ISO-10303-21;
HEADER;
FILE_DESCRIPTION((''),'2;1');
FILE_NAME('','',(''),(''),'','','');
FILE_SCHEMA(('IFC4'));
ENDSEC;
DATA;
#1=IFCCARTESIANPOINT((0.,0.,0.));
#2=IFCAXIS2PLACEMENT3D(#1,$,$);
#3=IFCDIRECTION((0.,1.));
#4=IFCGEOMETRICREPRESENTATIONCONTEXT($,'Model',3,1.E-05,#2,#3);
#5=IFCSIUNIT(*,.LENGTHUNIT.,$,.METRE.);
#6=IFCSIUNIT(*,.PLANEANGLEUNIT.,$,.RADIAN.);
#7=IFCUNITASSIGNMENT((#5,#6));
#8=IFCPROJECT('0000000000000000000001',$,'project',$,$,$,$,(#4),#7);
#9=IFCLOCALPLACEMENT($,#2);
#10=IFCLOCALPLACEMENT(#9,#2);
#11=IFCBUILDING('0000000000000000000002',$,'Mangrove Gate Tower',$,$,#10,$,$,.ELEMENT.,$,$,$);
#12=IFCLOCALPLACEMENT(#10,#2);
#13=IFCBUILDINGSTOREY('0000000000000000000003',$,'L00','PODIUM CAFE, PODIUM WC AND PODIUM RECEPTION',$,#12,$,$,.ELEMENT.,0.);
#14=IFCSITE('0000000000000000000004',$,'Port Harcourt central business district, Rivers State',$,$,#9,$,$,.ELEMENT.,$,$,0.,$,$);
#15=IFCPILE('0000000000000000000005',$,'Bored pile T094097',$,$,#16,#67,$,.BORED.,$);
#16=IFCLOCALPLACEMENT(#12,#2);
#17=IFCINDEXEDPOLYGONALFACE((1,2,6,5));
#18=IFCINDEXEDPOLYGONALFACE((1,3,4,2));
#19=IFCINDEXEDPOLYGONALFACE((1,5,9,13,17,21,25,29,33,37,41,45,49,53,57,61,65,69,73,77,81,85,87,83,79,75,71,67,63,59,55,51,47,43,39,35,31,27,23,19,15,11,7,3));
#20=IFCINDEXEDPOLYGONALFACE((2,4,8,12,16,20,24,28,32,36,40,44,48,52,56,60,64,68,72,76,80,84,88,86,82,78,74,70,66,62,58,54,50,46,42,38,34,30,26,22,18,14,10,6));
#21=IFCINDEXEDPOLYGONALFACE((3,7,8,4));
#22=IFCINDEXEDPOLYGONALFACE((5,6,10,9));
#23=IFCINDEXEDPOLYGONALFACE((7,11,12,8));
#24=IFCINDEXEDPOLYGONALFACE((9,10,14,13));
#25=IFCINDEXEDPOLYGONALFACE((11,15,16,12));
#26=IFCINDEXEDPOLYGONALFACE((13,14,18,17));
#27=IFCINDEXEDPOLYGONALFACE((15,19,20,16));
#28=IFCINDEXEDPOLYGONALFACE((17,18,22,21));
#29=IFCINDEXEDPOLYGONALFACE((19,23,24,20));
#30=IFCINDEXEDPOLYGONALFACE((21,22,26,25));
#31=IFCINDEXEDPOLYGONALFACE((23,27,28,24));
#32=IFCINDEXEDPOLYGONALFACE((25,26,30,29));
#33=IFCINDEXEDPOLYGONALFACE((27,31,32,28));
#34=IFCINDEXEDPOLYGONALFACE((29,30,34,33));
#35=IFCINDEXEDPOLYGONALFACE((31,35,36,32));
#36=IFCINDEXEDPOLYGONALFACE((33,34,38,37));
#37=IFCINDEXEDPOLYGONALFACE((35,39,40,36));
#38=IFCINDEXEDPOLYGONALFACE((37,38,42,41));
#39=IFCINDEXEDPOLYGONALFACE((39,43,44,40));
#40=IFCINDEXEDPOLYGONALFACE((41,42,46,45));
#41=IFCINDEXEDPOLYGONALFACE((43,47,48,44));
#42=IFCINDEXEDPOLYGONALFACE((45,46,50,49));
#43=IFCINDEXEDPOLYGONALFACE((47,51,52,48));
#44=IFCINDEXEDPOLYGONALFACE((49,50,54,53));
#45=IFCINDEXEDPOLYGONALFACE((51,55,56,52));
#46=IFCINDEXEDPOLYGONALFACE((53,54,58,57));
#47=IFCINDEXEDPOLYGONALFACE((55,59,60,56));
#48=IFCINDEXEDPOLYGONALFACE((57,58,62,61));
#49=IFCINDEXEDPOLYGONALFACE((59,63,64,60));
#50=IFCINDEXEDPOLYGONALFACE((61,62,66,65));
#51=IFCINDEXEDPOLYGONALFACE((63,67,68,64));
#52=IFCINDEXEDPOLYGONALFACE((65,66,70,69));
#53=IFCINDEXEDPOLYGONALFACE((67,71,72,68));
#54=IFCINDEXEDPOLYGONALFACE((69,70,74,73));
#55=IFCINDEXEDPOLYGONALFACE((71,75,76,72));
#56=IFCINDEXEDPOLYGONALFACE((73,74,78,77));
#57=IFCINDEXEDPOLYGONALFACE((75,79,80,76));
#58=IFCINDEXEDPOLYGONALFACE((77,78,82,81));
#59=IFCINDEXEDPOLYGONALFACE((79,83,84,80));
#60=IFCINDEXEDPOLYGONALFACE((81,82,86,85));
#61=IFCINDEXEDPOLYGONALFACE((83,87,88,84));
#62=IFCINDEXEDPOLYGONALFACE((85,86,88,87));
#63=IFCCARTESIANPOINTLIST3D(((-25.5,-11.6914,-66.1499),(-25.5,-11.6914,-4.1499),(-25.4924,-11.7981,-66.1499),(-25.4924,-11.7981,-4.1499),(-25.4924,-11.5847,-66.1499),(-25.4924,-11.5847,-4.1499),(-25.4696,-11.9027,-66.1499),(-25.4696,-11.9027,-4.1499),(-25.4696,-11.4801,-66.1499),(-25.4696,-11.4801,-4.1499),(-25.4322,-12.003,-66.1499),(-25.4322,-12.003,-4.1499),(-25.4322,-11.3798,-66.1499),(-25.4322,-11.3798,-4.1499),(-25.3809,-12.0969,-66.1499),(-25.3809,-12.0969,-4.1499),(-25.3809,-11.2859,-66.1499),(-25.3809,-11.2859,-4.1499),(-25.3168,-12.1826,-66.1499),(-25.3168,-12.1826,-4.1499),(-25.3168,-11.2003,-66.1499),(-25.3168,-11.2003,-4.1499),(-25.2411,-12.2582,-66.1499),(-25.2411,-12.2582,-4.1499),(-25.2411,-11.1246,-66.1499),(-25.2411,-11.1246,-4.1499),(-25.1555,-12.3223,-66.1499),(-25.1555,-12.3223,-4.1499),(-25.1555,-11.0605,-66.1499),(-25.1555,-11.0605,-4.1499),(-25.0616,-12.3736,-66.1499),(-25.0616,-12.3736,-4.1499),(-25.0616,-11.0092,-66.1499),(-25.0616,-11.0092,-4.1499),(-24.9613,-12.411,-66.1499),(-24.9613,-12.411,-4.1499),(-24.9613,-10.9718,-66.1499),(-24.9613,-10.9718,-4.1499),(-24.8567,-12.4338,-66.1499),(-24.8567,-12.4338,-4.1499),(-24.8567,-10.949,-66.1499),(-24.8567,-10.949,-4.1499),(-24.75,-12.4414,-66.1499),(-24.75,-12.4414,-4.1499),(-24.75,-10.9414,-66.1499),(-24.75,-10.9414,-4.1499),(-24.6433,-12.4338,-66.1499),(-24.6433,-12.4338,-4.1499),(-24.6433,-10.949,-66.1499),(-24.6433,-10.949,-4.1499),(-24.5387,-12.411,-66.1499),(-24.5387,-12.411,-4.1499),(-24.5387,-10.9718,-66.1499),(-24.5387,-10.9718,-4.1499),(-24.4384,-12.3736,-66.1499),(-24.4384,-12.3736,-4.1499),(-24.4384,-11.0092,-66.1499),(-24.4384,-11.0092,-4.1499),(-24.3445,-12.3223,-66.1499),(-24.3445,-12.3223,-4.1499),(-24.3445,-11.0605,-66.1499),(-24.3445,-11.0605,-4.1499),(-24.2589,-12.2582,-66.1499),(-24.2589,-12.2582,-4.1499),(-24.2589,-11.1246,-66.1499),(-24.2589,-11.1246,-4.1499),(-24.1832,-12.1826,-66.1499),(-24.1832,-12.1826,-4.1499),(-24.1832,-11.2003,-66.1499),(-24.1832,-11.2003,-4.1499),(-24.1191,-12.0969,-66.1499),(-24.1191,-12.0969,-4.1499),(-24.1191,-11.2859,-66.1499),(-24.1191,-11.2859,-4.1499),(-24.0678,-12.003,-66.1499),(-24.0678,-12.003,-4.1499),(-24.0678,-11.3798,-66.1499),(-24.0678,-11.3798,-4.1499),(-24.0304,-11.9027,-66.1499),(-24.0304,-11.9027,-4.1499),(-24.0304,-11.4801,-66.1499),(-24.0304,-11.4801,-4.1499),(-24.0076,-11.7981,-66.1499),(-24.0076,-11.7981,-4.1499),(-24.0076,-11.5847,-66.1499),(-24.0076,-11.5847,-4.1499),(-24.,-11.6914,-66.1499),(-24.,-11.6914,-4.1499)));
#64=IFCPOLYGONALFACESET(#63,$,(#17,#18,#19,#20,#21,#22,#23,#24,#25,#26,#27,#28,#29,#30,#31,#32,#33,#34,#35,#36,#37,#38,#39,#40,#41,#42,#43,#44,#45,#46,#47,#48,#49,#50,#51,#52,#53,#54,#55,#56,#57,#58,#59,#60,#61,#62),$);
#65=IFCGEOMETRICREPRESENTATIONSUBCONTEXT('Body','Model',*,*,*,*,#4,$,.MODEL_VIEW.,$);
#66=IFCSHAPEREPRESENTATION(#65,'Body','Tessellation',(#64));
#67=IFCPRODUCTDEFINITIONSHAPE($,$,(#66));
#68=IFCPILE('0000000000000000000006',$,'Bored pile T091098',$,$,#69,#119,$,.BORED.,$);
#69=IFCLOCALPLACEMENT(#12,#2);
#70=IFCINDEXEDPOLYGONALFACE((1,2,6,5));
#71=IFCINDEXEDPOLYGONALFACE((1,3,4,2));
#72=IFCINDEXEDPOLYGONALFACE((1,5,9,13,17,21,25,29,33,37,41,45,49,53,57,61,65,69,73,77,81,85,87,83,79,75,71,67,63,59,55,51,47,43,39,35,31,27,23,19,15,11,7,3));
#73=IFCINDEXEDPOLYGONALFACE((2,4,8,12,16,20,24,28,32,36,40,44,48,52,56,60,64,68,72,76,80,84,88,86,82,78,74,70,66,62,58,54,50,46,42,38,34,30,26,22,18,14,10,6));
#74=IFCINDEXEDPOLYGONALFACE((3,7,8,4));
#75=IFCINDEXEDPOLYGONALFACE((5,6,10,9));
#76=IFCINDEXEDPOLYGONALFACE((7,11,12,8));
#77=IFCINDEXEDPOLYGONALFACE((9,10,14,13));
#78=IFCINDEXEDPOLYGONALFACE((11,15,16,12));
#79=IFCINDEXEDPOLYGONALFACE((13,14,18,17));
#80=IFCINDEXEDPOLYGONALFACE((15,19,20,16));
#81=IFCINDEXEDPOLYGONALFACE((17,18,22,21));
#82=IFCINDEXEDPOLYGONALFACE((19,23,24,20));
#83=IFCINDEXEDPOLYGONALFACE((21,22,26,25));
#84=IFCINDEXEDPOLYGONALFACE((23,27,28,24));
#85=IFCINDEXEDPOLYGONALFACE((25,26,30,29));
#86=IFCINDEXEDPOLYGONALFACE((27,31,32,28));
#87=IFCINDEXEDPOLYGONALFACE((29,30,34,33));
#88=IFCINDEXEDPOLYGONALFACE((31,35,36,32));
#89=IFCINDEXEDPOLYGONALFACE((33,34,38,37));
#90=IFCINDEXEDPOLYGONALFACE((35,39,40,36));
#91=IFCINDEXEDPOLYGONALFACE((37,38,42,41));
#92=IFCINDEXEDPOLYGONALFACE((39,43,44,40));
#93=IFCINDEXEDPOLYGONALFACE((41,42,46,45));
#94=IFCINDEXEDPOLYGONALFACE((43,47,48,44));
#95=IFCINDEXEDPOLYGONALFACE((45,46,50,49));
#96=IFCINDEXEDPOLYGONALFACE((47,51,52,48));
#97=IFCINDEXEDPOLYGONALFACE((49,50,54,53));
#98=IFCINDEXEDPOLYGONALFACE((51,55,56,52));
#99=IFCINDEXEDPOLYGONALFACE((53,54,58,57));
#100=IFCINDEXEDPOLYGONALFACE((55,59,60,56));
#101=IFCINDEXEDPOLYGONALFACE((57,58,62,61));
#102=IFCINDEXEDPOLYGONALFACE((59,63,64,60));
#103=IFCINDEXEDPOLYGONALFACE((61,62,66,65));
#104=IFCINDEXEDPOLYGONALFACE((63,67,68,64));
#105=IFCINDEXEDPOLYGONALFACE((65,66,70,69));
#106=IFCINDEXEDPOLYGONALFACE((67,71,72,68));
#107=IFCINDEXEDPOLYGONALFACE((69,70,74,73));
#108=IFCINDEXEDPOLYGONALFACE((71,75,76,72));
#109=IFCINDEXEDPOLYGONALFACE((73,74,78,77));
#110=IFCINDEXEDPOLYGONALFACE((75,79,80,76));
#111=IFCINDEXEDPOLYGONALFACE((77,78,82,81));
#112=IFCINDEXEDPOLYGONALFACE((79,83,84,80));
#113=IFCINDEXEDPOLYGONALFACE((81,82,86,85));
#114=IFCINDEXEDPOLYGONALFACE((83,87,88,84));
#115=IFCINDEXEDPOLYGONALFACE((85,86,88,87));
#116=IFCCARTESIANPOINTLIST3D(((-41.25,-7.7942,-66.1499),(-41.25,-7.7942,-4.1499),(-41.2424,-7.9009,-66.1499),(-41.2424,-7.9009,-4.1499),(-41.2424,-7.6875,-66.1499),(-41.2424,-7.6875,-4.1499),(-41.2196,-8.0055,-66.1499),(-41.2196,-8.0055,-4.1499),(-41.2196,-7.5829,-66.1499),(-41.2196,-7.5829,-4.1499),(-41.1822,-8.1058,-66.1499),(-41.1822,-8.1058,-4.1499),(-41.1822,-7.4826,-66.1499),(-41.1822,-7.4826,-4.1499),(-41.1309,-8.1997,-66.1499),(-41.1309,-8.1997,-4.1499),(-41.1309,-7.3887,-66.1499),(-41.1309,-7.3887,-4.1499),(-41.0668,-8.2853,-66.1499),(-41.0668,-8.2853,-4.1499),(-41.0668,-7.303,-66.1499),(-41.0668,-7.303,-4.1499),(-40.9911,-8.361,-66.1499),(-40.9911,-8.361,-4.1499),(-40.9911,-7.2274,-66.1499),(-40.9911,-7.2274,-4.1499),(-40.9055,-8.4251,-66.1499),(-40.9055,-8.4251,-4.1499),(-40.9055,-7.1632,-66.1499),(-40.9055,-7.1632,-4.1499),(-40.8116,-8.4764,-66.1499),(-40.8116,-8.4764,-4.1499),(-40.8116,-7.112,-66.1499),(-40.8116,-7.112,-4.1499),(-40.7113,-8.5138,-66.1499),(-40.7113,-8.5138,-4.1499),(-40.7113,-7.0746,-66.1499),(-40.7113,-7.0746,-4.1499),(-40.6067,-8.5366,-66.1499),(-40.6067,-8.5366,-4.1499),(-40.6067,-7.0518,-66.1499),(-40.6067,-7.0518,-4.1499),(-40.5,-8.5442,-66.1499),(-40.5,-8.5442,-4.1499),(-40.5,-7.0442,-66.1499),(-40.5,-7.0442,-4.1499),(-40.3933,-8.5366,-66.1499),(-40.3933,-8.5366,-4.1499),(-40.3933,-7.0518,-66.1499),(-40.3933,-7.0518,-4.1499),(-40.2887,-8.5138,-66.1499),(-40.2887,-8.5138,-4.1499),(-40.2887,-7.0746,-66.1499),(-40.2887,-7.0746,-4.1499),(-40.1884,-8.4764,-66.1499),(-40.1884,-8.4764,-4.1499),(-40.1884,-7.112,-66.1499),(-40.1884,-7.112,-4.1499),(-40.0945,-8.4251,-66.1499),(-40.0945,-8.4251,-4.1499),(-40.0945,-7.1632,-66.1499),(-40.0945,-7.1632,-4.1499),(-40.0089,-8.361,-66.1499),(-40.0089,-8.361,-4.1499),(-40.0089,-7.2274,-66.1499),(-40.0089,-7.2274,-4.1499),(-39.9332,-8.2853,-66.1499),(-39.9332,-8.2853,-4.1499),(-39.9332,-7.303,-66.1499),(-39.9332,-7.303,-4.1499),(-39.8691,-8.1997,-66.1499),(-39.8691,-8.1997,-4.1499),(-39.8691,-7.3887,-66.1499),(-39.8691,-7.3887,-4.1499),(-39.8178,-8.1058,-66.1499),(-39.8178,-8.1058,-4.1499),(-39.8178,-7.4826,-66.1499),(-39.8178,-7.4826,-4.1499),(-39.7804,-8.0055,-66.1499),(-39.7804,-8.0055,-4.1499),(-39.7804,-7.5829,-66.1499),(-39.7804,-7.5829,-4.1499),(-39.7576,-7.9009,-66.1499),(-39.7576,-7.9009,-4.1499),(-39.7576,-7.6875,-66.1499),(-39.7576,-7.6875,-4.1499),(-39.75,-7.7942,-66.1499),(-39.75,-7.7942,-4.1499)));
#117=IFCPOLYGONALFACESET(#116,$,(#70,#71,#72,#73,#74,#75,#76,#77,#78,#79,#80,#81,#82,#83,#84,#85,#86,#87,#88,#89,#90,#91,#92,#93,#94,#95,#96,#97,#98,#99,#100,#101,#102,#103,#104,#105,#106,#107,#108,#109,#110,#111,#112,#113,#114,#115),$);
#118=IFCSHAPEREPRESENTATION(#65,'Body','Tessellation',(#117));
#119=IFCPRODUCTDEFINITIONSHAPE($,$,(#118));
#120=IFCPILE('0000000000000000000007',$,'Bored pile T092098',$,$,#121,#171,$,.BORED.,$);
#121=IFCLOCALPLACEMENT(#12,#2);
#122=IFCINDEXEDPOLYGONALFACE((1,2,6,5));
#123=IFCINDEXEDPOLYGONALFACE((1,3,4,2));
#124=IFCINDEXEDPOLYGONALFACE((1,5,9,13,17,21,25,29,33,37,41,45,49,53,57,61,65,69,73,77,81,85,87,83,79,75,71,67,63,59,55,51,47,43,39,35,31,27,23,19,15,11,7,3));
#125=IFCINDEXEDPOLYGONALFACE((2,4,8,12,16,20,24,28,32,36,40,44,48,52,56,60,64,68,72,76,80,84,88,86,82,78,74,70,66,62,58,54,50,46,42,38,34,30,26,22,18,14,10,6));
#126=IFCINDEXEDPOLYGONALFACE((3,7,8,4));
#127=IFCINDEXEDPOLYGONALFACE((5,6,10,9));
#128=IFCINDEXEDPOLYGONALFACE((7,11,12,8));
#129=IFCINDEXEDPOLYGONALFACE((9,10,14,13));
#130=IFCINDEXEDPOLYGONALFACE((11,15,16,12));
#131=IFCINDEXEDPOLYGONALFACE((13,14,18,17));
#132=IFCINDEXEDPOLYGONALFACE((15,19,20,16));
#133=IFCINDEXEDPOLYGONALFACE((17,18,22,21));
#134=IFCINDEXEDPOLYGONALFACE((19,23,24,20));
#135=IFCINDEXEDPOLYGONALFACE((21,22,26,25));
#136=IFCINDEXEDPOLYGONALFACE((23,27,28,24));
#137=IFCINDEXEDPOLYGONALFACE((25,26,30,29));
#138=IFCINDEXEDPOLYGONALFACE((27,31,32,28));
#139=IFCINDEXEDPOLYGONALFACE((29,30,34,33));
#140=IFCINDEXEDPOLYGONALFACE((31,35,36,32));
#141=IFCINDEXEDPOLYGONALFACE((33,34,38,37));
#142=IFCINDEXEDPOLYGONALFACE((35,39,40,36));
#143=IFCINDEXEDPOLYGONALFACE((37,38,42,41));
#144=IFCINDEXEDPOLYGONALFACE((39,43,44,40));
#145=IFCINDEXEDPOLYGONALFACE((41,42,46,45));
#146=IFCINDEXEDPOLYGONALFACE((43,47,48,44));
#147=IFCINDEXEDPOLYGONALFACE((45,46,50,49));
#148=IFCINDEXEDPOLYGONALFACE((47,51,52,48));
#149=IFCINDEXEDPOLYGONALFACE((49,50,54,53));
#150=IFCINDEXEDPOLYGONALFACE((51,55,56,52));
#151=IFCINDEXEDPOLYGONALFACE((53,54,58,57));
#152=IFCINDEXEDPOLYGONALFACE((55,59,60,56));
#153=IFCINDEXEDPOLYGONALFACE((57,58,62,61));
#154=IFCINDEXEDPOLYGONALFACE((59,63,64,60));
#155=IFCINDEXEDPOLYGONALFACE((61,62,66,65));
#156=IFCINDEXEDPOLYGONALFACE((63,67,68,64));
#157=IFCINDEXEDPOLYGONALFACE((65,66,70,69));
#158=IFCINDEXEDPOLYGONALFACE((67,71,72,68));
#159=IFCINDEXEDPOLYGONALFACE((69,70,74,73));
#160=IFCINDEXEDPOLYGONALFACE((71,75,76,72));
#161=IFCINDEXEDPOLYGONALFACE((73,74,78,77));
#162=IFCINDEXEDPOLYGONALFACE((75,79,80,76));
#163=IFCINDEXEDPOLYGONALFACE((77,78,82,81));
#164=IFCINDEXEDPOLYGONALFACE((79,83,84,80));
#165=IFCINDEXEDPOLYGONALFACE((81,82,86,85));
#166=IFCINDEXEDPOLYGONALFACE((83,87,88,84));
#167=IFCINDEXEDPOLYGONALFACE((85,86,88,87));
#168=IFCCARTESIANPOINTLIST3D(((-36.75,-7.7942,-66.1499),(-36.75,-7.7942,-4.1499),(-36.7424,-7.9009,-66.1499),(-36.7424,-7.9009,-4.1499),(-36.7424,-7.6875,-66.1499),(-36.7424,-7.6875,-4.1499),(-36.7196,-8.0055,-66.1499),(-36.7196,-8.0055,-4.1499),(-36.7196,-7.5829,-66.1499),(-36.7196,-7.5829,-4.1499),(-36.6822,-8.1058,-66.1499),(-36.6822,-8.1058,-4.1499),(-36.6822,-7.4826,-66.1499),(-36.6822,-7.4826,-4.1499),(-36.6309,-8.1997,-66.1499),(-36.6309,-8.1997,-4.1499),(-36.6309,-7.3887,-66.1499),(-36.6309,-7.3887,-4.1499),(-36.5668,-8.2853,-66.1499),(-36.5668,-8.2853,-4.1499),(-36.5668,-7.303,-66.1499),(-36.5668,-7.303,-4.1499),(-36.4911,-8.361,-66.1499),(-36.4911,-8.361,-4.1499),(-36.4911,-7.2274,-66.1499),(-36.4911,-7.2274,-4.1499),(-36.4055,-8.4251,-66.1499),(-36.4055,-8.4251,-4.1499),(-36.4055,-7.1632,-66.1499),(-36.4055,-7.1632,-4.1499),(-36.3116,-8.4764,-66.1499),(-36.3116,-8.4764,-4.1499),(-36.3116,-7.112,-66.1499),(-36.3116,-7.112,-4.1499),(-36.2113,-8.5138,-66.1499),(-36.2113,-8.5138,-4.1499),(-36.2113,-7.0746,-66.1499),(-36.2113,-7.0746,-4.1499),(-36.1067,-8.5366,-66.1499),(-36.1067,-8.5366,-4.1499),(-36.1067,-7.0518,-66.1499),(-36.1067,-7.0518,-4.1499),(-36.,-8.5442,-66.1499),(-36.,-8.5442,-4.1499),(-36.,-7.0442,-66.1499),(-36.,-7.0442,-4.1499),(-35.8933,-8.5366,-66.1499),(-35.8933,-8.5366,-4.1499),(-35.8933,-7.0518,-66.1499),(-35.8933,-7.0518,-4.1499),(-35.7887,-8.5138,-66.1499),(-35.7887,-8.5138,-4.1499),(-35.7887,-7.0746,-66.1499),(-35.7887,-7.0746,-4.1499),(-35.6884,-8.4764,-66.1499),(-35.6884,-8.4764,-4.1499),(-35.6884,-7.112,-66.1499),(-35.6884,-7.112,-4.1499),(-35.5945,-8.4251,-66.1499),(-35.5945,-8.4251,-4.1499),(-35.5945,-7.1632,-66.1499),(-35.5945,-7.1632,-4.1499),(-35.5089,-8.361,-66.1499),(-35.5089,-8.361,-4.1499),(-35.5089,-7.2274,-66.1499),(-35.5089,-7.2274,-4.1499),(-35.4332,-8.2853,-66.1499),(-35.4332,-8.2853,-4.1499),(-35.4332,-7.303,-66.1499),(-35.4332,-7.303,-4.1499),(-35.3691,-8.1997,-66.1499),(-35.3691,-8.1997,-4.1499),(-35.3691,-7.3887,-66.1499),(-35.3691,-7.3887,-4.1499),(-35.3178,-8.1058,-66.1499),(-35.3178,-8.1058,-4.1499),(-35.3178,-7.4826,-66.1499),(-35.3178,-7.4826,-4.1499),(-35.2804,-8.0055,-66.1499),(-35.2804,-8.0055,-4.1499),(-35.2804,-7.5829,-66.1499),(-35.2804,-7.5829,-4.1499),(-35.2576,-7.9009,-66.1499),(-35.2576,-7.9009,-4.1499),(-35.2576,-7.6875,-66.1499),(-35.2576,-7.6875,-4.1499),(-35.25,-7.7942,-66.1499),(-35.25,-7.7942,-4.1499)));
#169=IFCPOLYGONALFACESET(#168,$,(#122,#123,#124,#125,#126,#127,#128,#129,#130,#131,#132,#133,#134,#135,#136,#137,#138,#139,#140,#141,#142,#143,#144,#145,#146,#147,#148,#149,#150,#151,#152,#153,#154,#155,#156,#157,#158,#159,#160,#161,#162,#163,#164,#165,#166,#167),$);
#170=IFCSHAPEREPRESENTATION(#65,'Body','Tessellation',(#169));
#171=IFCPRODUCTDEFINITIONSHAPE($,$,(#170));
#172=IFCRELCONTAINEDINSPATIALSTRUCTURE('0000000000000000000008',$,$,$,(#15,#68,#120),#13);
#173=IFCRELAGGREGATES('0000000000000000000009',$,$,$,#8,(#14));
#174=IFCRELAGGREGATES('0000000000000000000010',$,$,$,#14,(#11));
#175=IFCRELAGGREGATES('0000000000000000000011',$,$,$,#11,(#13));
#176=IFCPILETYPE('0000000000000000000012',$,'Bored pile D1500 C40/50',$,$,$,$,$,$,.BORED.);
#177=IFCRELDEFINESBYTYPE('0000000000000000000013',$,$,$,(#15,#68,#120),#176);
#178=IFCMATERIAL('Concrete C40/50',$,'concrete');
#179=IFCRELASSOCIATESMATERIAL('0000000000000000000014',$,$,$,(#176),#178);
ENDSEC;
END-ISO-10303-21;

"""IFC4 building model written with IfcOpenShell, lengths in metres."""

from ifc_helpers import new_model, si_unit, direction, frame, origin, origin_2d, place, context, subcontext, project, spatial, circle, extrude, material, material_profile, profile_set, type_object, element, save


model = new_model("IFC4")

# Units and contexts
model_context = context("Model", 3, precision=1e-05, world=origin(), true_north=direction((0.0, 1.0)))
body_context = subcontext(model_context, "Body", "Model", "MODEL_VIEW")
ifc_project = project(units=[si_unit("LENGTHUNIT", "METRE"), si_unit("PLANEANGLEUNIT", "RADIAN")], contexts=[model_context])

# Site, building, storey
site_placement = place(None, origin())
site = spatial("IfcSite", under=ifc_project, at=site_placement, Name="Port Harcourt central business district, Rivers State", CompositionType="ELEMENT", RefElevation=0.0)
building_placement = place(site_placement, origin())
building = spatial("IfcBuilding", under=site, at=building_placement, Name="Mangrove Gate Tower", CompositionType="ELEMENT")
storey_placement = place(building_placement, origin())
storey = spatial("IfcBuildingStorey", under=building, at=storey_placement, Name="L00", Description="PODIUM CAFE, PODIUM WC AND PODIUM RECEPTION", CompositionType="ELEMENT", Elevation=0.0)

# Piles
ifc_material_1 = material(Name="Concrete C40/50", Category="concrete")
ifc_material_profile_1 = material_profile(ifc_material_1, circle(Radius=0.75, at=origin_2d()))
ifc_profile_set_1 = profile_set([ifc_material_profile_1], Name="Concrete C40/50")
pile_type = type_object("IfcPileType", Name="Bored pile D1500 C40/50", PredefinedType="BORED", material=ifc_profile_set_1)
for number, where, z_axis, x_axis, name in (
    (1, (-24.75, -11.6914, -4.1499), (0.0, 0.0, -1.0), (1.0, 0.0, 0.0), "Bored pile T094097"),
    (2, (-40.5, -7.7942, -4.1499), (0.0, 0.0, -1.0), (1.0, 0.0, 0.0), "Bored pile T091098"),
    (3, (-36.0, -7.7942, -4.1499), (0.0, 0.0, -1.0), (1.0, 0.0, 0.0), "Bored pile T092098"),
):
    element("IfcPile", number, at=place(storey_placement, frame(where, z_axis=z_axis, x_axis=x_axis)), inside=storey, type_object=pile_type, Name=name, PredefinedType="BORED", context=body_context, shape_type="SweptSolid", body=[
        extrude(circle(Radius=0.75, at=origin_2d()), origin(), (0.0, 0.0, 1.0), 62.0),
    ])

save(model, "model.ifc")
